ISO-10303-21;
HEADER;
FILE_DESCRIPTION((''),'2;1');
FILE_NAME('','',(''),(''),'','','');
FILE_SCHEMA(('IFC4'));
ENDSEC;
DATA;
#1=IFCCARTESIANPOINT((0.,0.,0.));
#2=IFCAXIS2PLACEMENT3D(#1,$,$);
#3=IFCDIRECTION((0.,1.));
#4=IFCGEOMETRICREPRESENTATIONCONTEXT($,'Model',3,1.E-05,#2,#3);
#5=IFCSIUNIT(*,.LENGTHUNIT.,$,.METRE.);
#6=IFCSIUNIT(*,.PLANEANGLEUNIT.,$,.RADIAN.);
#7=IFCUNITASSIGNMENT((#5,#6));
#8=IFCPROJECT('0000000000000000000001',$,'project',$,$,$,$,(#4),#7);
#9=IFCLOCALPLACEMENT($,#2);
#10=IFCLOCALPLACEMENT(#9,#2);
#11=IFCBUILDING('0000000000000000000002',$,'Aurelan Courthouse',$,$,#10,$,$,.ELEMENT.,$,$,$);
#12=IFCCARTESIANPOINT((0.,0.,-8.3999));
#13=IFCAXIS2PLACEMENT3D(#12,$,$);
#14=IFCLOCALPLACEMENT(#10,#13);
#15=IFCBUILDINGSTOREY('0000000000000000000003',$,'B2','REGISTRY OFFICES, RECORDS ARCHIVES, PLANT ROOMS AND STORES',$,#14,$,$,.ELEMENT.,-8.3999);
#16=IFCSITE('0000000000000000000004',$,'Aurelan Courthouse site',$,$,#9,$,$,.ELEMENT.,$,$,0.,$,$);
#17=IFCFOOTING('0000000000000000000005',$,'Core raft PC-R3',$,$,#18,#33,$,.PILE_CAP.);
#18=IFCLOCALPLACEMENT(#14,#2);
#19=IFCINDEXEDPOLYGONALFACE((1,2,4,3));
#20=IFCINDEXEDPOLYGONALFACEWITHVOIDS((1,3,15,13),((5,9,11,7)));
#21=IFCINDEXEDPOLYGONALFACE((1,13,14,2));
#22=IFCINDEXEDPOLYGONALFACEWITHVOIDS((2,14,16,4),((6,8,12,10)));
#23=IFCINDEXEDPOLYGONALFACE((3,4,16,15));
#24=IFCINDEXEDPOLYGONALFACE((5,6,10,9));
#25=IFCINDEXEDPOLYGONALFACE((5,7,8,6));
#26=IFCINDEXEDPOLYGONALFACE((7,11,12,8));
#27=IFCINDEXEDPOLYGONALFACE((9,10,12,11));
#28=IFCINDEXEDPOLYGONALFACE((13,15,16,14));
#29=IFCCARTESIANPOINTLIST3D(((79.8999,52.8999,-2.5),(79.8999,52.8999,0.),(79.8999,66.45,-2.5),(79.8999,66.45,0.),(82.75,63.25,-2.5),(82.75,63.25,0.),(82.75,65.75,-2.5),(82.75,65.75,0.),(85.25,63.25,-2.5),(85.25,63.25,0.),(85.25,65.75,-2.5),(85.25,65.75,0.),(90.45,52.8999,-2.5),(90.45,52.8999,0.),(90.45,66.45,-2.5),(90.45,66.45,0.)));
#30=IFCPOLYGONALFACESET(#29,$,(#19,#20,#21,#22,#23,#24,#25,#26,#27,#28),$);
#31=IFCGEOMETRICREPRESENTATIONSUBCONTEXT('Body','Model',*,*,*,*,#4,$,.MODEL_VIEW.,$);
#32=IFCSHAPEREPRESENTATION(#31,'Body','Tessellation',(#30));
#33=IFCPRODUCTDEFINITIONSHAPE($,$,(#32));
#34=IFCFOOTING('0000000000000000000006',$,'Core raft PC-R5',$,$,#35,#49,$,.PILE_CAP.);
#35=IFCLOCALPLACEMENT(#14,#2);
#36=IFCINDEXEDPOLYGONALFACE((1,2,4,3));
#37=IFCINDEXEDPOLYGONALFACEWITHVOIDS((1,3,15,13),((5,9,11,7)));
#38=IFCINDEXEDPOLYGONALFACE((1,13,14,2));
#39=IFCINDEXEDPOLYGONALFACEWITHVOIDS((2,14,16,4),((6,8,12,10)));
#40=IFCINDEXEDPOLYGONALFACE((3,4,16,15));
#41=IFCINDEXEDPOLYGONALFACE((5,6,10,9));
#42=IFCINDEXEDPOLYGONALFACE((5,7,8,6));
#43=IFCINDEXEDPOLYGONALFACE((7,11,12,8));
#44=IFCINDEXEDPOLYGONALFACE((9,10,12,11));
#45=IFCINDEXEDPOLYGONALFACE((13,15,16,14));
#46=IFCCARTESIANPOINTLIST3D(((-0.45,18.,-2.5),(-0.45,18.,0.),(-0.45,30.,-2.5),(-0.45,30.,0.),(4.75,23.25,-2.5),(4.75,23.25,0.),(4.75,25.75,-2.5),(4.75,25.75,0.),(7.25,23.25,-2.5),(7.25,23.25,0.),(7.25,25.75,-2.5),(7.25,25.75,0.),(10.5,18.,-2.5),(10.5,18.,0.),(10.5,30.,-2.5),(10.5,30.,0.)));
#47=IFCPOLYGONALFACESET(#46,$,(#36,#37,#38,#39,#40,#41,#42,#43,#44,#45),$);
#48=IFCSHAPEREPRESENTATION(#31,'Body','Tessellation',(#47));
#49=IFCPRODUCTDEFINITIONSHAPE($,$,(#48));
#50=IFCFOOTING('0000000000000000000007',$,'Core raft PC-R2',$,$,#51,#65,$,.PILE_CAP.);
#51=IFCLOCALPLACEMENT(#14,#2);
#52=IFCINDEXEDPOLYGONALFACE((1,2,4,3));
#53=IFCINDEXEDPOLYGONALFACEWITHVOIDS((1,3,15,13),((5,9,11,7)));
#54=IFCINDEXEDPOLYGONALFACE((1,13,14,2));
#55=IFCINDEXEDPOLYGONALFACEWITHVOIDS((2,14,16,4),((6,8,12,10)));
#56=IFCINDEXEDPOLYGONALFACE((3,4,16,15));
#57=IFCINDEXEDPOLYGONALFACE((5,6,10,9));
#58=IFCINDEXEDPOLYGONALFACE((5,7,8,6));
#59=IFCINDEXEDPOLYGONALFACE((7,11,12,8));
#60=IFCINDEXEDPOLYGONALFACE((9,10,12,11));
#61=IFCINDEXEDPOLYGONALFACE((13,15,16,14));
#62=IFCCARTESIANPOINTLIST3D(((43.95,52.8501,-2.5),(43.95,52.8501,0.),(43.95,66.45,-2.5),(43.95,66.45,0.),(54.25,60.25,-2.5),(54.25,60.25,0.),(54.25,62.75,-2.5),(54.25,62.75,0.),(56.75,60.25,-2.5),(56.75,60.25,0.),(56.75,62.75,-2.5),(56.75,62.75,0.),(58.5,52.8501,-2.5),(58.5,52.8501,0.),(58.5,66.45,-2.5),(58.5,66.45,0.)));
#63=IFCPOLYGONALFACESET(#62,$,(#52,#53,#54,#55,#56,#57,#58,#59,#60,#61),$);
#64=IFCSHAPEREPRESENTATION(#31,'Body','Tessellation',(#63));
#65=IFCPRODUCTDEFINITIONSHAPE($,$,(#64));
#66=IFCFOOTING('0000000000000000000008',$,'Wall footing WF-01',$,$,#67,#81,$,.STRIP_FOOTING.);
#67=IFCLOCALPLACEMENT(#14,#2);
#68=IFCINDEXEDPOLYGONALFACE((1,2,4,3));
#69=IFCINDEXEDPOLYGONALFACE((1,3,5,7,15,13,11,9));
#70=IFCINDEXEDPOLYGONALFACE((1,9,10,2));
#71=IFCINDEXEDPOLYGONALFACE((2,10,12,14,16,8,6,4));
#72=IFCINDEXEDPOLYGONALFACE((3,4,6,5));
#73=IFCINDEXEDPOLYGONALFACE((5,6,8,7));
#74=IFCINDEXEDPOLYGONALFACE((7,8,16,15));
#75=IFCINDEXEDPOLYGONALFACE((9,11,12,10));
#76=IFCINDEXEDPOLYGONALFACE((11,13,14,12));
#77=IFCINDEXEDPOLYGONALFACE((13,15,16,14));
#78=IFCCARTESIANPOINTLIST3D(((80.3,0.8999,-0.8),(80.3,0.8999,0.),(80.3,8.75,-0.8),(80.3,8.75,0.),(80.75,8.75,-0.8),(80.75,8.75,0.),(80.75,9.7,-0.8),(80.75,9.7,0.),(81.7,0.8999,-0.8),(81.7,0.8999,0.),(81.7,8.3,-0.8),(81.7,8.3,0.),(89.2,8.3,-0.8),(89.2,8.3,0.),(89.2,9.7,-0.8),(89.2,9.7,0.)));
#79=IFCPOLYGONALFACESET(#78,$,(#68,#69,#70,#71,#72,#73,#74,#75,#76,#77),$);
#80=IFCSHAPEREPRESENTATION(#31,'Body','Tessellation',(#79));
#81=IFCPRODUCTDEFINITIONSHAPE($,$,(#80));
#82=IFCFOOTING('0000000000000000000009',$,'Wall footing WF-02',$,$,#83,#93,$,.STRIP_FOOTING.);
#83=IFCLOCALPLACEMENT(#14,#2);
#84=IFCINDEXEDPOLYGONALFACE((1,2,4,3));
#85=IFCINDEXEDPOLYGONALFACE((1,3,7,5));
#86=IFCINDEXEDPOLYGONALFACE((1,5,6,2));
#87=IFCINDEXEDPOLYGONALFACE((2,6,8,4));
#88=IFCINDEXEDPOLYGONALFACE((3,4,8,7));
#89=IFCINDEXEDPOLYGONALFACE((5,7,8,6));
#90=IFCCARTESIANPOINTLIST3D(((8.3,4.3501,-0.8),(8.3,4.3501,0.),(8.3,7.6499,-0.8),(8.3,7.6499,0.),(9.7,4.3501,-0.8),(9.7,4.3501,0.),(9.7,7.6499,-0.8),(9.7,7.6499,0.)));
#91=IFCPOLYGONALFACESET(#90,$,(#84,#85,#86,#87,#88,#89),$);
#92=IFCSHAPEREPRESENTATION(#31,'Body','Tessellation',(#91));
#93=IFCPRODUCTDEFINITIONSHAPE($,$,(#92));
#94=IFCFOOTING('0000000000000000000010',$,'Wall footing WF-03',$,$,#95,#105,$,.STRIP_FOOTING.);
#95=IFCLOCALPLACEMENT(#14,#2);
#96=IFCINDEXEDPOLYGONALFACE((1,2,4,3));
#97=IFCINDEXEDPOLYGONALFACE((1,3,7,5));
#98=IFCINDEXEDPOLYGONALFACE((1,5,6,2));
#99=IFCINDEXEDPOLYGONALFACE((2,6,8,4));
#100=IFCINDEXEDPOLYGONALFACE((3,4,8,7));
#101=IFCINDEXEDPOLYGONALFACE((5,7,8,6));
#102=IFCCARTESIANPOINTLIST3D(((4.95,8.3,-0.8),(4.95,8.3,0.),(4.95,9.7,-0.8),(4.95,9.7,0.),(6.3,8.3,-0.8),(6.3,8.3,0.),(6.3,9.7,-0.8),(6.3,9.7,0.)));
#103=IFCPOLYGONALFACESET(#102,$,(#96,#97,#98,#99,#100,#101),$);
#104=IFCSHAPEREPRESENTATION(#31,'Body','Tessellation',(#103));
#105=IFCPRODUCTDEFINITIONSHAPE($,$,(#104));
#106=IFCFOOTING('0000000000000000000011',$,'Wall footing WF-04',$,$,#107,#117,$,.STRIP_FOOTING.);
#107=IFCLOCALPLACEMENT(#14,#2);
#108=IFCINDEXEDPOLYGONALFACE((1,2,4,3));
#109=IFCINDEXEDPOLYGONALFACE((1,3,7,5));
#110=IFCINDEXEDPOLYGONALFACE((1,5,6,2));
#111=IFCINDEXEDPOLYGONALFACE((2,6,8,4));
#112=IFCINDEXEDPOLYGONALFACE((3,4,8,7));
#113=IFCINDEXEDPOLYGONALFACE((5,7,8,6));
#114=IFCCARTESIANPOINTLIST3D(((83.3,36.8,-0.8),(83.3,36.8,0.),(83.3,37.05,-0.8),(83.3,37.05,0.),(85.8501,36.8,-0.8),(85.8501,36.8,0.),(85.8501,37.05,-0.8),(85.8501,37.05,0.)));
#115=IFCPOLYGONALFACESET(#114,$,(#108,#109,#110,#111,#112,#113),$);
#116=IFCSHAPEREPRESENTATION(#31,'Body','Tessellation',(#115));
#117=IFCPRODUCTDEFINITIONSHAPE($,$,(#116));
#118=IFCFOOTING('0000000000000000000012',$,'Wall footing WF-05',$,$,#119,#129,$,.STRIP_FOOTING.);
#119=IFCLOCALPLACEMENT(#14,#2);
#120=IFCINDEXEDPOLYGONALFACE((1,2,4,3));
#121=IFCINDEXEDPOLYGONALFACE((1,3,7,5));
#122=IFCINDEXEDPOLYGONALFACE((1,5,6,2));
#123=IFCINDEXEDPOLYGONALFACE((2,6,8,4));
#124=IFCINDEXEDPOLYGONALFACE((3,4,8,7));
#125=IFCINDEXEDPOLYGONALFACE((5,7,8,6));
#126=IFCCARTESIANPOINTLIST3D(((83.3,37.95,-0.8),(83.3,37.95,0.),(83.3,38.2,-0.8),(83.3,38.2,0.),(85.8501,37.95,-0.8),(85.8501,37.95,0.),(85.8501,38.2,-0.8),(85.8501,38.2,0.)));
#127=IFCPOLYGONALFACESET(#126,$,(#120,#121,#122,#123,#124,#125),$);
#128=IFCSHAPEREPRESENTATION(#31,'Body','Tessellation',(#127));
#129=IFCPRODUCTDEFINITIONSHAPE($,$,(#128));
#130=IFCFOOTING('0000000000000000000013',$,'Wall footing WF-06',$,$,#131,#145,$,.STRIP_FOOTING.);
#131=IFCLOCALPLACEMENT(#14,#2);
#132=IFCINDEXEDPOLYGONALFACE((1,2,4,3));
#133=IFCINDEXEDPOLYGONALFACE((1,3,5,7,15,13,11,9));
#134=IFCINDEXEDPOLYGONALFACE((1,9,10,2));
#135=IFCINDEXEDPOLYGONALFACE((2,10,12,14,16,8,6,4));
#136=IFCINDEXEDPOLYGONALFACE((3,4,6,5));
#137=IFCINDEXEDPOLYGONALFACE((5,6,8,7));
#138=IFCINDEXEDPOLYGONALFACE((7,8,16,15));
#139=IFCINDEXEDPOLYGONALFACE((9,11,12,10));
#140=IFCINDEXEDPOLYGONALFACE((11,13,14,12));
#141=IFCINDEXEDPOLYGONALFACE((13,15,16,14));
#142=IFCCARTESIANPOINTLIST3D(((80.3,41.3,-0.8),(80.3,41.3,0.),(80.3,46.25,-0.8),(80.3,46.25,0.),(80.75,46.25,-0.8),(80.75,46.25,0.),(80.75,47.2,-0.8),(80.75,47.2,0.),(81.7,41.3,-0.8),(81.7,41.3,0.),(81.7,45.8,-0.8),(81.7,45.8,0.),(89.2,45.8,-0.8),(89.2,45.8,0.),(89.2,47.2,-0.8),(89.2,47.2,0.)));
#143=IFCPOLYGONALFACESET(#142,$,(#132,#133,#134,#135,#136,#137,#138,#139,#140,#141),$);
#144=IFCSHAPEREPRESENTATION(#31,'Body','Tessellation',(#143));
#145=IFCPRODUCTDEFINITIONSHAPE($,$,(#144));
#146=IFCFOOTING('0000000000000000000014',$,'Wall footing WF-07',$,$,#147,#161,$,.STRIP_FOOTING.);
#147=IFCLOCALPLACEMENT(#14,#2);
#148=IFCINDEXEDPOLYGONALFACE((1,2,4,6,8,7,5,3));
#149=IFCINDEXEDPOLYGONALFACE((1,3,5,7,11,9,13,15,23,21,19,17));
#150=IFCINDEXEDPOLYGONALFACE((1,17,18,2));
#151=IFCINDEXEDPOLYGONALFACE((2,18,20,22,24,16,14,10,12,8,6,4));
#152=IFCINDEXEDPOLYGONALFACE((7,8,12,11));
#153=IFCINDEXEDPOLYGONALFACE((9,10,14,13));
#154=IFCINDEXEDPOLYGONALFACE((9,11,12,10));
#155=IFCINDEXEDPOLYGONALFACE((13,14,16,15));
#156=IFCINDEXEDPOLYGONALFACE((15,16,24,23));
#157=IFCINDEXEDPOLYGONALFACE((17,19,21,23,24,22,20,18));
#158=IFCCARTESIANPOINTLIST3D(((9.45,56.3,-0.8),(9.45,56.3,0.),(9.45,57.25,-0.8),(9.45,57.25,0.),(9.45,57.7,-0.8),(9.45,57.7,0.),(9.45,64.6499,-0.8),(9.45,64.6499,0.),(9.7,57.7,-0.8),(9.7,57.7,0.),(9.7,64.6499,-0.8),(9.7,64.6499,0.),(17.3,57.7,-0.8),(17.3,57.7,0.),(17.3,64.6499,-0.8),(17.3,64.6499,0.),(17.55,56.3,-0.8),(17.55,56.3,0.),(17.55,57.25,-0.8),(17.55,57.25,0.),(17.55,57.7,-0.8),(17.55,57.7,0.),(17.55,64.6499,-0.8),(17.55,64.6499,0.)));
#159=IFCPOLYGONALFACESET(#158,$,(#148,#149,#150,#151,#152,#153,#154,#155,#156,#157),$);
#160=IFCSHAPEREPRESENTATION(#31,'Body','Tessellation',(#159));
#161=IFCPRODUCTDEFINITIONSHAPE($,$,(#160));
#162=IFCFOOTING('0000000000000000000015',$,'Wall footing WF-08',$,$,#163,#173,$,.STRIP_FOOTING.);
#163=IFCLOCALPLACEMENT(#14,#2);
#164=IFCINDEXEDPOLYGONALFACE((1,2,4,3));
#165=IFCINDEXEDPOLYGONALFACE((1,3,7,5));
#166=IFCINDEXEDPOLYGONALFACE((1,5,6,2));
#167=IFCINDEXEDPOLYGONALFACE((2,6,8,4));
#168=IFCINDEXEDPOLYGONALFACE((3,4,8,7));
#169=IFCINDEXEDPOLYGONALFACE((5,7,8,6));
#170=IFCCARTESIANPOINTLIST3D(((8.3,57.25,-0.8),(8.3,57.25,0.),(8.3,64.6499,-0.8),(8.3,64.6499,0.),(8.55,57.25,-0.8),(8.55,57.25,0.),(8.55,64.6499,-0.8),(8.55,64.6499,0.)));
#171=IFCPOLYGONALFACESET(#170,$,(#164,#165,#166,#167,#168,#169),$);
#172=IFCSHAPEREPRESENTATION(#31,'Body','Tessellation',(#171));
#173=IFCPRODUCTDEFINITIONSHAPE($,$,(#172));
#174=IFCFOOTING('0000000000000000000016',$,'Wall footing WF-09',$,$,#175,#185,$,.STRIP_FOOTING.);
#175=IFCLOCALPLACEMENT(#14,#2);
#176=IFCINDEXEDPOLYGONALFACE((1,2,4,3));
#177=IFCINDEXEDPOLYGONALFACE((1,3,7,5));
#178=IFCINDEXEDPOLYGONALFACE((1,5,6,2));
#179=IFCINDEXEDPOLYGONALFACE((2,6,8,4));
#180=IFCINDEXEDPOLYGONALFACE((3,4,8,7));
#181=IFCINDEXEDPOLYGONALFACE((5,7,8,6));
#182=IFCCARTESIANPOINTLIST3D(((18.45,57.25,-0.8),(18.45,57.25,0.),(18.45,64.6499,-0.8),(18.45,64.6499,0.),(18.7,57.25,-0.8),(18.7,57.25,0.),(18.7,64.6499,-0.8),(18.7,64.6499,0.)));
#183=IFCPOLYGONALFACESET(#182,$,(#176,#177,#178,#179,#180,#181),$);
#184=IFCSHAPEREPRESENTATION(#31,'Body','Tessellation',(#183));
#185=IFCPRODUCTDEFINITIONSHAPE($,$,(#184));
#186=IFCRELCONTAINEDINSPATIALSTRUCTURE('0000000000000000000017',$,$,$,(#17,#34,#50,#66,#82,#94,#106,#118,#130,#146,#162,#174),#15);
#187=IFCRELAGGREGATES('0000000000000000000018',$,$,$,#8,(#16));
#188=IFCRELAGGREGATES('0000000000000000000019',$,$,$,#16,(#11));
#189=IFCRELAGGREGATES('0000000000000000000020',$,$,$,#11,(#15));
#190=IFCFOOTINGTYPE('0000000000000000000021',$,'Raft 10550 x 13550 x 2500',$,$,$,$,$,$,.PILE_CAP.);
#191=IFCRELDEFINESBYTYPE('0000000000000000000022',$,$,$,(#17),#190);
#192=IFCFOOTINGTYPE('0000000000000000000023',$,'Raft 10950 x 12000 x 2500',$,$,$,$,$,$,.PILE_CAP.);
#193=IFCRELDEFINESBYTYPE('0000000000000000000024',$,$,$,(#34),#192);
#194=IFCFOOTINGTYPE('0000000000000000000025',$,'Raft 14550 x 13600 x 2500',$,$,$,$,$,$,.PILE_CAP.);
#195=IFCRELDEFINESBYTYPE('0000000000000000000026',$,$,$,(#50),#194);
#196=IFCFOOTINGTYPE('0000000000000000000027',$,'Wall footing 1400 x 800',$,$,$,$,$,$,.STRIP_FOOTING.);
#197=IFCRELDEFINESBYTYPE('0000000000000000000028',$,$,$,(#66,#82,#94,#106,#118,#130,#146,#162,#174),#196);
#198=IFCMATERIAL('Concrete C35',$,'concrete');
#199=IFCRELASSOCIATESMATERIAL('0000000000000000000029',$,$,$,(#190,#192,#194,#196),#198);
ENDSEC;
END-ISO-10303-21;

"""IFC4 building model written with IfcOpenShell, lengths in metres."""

from ifc_helpers import new_model, si_unit, direction, frame, origin, place, context, subcontext, project, spatial, polyline, outline, extrude, material, type_object, element, save


model = new_model("IFC4")

# Units and contexts
model_context = context("Model", 3, precision=1e-05, world=origin(), true_north=direction((0.0, 1.0)))
body_context = subcontext(model_context, "Body", "Model", "MODEL_VIEW")
ifc_project = project(units=[si_unit("LENGTHUNIT", "METRE"), si_unit("PLANEANGLEUNIT", "RADIAN")], contexts=[model_context])

# Site, building, storey
site_placement = place(None, origin())
site = spatial("IfcSite", under=ifc_project, at=site_placement, Name="Aurelan Courthouse site", CompositionType="ELEMENT", RefElevation=0.0)
building_placement = place(site_placement, origin())
building = spatial("IfcBuilding", under=site, at=building_placement, Name="Aurelan Courthouse", CompositionType="ELEMENT")
storey_placement = place(building_placement, frame((0.0, 0.0, -8.3999)))
storey = spatial("IfcBuildingStorey", under=building, at=storey_placement, Name="B2", Description="REGISTRY OFFICES, RECORDS ARCHIVES, PLANT ROOMS AND STORES", CompositionType="ELEMENT", Elevation=-8.3999)

# Footings
ifc_material_1 = material(Name="Concrete C35", Category="concrete")
footing_type_1 = type_object("IfcFootingType", Name="Raft 10550 x 13550 x 2500", PredefinedType="PILE_CAP", material=ifc_material_1)
footing_1_placement = place(storey_placement, frame((0.0, 0.0, -2.5)))
element("IfcFooting", 1, at=footing_1_placement, inside=storey, type_object=footing_type_1, Name="Core raft PC-R3", PredefinedType="PILE_CAP", context=body_context, shape_type="SweptSolid", body=[
    extrude(outline(polyline([(79.8999, 52.8999), (90.45, 52.8999), (90.45, 66.45), (79.8999, 66.45), (79.8999, 52.8999)]), holes=[polyline([(82.75, 63.25), (85.25, 63.25), (85.25, 65.75), (82.75, 65.75), (82.75, 63.25)])]), origin(), (0.0, 0.0, 1.0), 2.5),
])
footing_type_2 = type_object("IfcFootingType", Name="Raft 10950 x 12000 x 2500", PredefinedType="PILE_CAP", material=ifc_material_1)
footing_2_placement = place(storey_placement, frame((0.0, 0.0, -2.5)))
element("IfcFooting", 2, at=footing_2_placement, inside=storey, type_object=footing_type_2, Name="Core raft PC-R5", PredefinedType="PILE_CAP", context=body_context, shape_type="SweptSolid", body=[
    extrude(outline(polyline([(-0.45, 18.0), (10.5, 18.0), (10.5, 30.0), (-0.45, 30.0), (-0.45, 18.0)]), holes=[polyline([(4.75, 23.25), (7.25, 23.25), (7.25, 25.75), (4.75, 25.75), (4.75, 23.25)])]), origin(), (0.0, 0.0, 1.0), 2.5),
])
footing_type_3 = type_object("IfcFootingType", Name="Raft 14550 x 13600 x 2500", PredefinedType="PILE_CAP", material=ifc_material_1)
footing_3_placement = place(storey_placement, frame((0.0, 0.0, -2.5)))
element("IfcFooting", 3, at=footing_3_placement, inside=storey, type_object=footing_type_3, Name="Core raft PC-R2", PredefinedType="PILE_CAP", context=body_context, shape_type="SweptSolid", body=[
    extrude(outline(polyline([(43.95, 52.8501), (58.5, 52.8501), (58.5, 66.45), (43.95, 66.45), (43.95, 52.8501)]), holes=[polyline([(54.25, 60.25), (56.75, 60.25), (56.75, 62.75), (54.25, 62.75), (54.25, 60.25)])]), origin(), (0.0, 0.0, 1.0), 2.5),
])
footing_type_4 = type_object("IfcFootingType", Name="Wall footing 1400 x 800", PredefinedType="STRIP_FOOTING", material=ifc_material_1)
footing_4_placement = place(storey_placement, frame((0.0, 0.0, -0.8)))
element("IfcFooting", 4, at=footing_4_placement, inside=storey, type_object=footing_type_4, Name="Wall footing WF-01", PredefinedType="STRIP_FOOTING", context=body_context, shape_type="SweptSolid", body=[
    extrude(outline(polyline([(80.75, 8.75), (80.3, 8.75), (80.3, 0.8999), (81.7, 0.8999), (81.7, 8.3), (89.2, 8.3), (89.2, 9.7), (80.75, 9.7), (80.75, 8.75)])), origin(), (0.0, 0.0, 1.0), 0.8),
])
footing_5_placement = place(storey_placement, frame((0.0, 0.0, -0.8)))
element("IfcFooting", 5, at=footing_5_placement, inside=storey, type_object=footing_type_4, Name="Wall footing WF-02", PredefinedType="STRIP_FOOTING", context=body_context, shape_type="SweptSolid", body=[
    extrude(outline(polyline([(9.7, 4.3501), (9.7, 7.6499), (8.3, 7.6499), (8.3, 4.3501), (9.7, 4.3501)])), origin(), (0.0, 0.0, 1.0), 0.8),
])
footing_6_placement = place(storey_placement, frame((0.0, 0.0, -0.8)))
element("IfcFooting", 6, at=footing_6_placement, inside=storey, type_object=footing_type_4, Name="Wall footing WF-03", PredefinedType="STRIP_FOOTING", context=body_context, shape_type="SweptSolid", body=[
    extrude(outline(polyline([(6.3, 8.3), (6.3, 9.7), (4.95, 9.7), (4.95, 8.3), (6.3, 8.3)])), origin(), (0.0, 0.0, 1.0), 0.8),
])
footing_7_placement = place(storey_placement, frame((0.0, 0.0, -0.8)))
element("IfcFooting", 7, at=footing_7_placement, inside=storey, type_object=footing_type_4, Name="Wall footing WF-04", PredefinedType="STRIP_FOOTING", context=body_context, shape_type="SweptSolid", body=[
    extrude(outline(polyline([(83.3, 37.05), (83.3, 36.8), (85.8501, 36.8), (85.8501, 37.05), (83.3, 37.05)])), origin(), (0.0, 0.0, 1.0), 0.8),
])
footing_8_placement = place(storey_placement, frame((0.0, 0.0, -0.8)))
element("IfcFooting", 8, at=footing_8_placement, inside=storey, type_object=footing_type_4, Name="Wall footing WF-05", PredefinedType="STRIP_FOOTING", context=body_context, shape_type="SweptSolid", body=[
    extrude(outline(polyline([(85.8501, 37.95), (85.8501, 38.2), (83.3, 38.2), (83.3, 37.95), (85.8501, 37.95)])), origin(), (0.0, 0.0, 1.0), 0.8),
])
footing_9_placement = place(storey_placement, frame((0.0, 0.0, -0.8)))
element("IfcFooting", 9, at=footing_9_placement, inside=storey, type_object=footing_type_4, Name="Wall footing WF-06", PredefinedType="STRIP_FOOTING", context=body_context, shape_type="SweptSolid", body=[
    extrude(outline(polyline([(80.75, 46.25), (80.3, 46.25), (80.3, 41.3), (81.7, 41.3), (81.7, 45.8), (89.2, 45.8), (89.2, 47.2), (80.75, 47.2), (80.75, 46.25)])), origin(), (0.0, 0.0, 1.0), 0.8),
])
footing_10_placement = place(storey_placement, frame((0.0, 0.0, -0.8)))
element("IfcFooting", 10, at=footing_10_placement, inside=storey, type_object=footing_type_4, Name="Wall footing WF-07", PredefinedType="STRIP_FOOTING", context=body_context, shape_type="SweptSolid", body=[
    extrude(outline(polyline([(17.3, 64.6499), (17.3, 57.7), (9.7, 57.7), (9.7, 64.6499), (9.45, 64.6499), (9.45, 57.7), (9.45, 57.25), (9.45, 56.3), (17.55, 56.3), (17.55, 57.25), (17.55, 57.7), (17.55, 64.6499), (17.3, 64.6499)])), origin(), (0.0, 0.0, 1.0), 0.8),
])
footing_11_placement = place(storey_placement, frame((0.0, 0.0, -0.8)))
element("IfcFooting", 11, at=footing_11_placement, inside=storey, type_object=footing_type_4, Name="Wall footing WF-08", PredefinedType="STRIP_FOOTING", context=body_context, shape_type="SweptSolid", body=[
    extrude(outline(polyline([(8.3, 57.25), (8.55, 57.25), (8.55, 64.6499), (8.3, 64.6499), (8.3, 57.25)])), origin(), (0.0, 0.0, 1.0), 0.8),
])
footing_12_placement = place(storey_placement, frame((0.0, 0.0, -0.8)))
element("IfcFooting", 12, at=footing_12_placement, inside=storey, type_object=footing_type_4, Name="Wall footing WF-09", PredefinedType="STRIP_FOOTING", context=body_context, shape_type="SweptSolid", body=[
    extrude(outline(polyline([(18.7, 57.25), (18.7, 64.6499), (18.45, 64.6499), (18.45, 57.25), (18.7, 57.25)])), origin(), (0.0, 0.0, 1.0), 0.8),
])

save(model, "model.ifc")
